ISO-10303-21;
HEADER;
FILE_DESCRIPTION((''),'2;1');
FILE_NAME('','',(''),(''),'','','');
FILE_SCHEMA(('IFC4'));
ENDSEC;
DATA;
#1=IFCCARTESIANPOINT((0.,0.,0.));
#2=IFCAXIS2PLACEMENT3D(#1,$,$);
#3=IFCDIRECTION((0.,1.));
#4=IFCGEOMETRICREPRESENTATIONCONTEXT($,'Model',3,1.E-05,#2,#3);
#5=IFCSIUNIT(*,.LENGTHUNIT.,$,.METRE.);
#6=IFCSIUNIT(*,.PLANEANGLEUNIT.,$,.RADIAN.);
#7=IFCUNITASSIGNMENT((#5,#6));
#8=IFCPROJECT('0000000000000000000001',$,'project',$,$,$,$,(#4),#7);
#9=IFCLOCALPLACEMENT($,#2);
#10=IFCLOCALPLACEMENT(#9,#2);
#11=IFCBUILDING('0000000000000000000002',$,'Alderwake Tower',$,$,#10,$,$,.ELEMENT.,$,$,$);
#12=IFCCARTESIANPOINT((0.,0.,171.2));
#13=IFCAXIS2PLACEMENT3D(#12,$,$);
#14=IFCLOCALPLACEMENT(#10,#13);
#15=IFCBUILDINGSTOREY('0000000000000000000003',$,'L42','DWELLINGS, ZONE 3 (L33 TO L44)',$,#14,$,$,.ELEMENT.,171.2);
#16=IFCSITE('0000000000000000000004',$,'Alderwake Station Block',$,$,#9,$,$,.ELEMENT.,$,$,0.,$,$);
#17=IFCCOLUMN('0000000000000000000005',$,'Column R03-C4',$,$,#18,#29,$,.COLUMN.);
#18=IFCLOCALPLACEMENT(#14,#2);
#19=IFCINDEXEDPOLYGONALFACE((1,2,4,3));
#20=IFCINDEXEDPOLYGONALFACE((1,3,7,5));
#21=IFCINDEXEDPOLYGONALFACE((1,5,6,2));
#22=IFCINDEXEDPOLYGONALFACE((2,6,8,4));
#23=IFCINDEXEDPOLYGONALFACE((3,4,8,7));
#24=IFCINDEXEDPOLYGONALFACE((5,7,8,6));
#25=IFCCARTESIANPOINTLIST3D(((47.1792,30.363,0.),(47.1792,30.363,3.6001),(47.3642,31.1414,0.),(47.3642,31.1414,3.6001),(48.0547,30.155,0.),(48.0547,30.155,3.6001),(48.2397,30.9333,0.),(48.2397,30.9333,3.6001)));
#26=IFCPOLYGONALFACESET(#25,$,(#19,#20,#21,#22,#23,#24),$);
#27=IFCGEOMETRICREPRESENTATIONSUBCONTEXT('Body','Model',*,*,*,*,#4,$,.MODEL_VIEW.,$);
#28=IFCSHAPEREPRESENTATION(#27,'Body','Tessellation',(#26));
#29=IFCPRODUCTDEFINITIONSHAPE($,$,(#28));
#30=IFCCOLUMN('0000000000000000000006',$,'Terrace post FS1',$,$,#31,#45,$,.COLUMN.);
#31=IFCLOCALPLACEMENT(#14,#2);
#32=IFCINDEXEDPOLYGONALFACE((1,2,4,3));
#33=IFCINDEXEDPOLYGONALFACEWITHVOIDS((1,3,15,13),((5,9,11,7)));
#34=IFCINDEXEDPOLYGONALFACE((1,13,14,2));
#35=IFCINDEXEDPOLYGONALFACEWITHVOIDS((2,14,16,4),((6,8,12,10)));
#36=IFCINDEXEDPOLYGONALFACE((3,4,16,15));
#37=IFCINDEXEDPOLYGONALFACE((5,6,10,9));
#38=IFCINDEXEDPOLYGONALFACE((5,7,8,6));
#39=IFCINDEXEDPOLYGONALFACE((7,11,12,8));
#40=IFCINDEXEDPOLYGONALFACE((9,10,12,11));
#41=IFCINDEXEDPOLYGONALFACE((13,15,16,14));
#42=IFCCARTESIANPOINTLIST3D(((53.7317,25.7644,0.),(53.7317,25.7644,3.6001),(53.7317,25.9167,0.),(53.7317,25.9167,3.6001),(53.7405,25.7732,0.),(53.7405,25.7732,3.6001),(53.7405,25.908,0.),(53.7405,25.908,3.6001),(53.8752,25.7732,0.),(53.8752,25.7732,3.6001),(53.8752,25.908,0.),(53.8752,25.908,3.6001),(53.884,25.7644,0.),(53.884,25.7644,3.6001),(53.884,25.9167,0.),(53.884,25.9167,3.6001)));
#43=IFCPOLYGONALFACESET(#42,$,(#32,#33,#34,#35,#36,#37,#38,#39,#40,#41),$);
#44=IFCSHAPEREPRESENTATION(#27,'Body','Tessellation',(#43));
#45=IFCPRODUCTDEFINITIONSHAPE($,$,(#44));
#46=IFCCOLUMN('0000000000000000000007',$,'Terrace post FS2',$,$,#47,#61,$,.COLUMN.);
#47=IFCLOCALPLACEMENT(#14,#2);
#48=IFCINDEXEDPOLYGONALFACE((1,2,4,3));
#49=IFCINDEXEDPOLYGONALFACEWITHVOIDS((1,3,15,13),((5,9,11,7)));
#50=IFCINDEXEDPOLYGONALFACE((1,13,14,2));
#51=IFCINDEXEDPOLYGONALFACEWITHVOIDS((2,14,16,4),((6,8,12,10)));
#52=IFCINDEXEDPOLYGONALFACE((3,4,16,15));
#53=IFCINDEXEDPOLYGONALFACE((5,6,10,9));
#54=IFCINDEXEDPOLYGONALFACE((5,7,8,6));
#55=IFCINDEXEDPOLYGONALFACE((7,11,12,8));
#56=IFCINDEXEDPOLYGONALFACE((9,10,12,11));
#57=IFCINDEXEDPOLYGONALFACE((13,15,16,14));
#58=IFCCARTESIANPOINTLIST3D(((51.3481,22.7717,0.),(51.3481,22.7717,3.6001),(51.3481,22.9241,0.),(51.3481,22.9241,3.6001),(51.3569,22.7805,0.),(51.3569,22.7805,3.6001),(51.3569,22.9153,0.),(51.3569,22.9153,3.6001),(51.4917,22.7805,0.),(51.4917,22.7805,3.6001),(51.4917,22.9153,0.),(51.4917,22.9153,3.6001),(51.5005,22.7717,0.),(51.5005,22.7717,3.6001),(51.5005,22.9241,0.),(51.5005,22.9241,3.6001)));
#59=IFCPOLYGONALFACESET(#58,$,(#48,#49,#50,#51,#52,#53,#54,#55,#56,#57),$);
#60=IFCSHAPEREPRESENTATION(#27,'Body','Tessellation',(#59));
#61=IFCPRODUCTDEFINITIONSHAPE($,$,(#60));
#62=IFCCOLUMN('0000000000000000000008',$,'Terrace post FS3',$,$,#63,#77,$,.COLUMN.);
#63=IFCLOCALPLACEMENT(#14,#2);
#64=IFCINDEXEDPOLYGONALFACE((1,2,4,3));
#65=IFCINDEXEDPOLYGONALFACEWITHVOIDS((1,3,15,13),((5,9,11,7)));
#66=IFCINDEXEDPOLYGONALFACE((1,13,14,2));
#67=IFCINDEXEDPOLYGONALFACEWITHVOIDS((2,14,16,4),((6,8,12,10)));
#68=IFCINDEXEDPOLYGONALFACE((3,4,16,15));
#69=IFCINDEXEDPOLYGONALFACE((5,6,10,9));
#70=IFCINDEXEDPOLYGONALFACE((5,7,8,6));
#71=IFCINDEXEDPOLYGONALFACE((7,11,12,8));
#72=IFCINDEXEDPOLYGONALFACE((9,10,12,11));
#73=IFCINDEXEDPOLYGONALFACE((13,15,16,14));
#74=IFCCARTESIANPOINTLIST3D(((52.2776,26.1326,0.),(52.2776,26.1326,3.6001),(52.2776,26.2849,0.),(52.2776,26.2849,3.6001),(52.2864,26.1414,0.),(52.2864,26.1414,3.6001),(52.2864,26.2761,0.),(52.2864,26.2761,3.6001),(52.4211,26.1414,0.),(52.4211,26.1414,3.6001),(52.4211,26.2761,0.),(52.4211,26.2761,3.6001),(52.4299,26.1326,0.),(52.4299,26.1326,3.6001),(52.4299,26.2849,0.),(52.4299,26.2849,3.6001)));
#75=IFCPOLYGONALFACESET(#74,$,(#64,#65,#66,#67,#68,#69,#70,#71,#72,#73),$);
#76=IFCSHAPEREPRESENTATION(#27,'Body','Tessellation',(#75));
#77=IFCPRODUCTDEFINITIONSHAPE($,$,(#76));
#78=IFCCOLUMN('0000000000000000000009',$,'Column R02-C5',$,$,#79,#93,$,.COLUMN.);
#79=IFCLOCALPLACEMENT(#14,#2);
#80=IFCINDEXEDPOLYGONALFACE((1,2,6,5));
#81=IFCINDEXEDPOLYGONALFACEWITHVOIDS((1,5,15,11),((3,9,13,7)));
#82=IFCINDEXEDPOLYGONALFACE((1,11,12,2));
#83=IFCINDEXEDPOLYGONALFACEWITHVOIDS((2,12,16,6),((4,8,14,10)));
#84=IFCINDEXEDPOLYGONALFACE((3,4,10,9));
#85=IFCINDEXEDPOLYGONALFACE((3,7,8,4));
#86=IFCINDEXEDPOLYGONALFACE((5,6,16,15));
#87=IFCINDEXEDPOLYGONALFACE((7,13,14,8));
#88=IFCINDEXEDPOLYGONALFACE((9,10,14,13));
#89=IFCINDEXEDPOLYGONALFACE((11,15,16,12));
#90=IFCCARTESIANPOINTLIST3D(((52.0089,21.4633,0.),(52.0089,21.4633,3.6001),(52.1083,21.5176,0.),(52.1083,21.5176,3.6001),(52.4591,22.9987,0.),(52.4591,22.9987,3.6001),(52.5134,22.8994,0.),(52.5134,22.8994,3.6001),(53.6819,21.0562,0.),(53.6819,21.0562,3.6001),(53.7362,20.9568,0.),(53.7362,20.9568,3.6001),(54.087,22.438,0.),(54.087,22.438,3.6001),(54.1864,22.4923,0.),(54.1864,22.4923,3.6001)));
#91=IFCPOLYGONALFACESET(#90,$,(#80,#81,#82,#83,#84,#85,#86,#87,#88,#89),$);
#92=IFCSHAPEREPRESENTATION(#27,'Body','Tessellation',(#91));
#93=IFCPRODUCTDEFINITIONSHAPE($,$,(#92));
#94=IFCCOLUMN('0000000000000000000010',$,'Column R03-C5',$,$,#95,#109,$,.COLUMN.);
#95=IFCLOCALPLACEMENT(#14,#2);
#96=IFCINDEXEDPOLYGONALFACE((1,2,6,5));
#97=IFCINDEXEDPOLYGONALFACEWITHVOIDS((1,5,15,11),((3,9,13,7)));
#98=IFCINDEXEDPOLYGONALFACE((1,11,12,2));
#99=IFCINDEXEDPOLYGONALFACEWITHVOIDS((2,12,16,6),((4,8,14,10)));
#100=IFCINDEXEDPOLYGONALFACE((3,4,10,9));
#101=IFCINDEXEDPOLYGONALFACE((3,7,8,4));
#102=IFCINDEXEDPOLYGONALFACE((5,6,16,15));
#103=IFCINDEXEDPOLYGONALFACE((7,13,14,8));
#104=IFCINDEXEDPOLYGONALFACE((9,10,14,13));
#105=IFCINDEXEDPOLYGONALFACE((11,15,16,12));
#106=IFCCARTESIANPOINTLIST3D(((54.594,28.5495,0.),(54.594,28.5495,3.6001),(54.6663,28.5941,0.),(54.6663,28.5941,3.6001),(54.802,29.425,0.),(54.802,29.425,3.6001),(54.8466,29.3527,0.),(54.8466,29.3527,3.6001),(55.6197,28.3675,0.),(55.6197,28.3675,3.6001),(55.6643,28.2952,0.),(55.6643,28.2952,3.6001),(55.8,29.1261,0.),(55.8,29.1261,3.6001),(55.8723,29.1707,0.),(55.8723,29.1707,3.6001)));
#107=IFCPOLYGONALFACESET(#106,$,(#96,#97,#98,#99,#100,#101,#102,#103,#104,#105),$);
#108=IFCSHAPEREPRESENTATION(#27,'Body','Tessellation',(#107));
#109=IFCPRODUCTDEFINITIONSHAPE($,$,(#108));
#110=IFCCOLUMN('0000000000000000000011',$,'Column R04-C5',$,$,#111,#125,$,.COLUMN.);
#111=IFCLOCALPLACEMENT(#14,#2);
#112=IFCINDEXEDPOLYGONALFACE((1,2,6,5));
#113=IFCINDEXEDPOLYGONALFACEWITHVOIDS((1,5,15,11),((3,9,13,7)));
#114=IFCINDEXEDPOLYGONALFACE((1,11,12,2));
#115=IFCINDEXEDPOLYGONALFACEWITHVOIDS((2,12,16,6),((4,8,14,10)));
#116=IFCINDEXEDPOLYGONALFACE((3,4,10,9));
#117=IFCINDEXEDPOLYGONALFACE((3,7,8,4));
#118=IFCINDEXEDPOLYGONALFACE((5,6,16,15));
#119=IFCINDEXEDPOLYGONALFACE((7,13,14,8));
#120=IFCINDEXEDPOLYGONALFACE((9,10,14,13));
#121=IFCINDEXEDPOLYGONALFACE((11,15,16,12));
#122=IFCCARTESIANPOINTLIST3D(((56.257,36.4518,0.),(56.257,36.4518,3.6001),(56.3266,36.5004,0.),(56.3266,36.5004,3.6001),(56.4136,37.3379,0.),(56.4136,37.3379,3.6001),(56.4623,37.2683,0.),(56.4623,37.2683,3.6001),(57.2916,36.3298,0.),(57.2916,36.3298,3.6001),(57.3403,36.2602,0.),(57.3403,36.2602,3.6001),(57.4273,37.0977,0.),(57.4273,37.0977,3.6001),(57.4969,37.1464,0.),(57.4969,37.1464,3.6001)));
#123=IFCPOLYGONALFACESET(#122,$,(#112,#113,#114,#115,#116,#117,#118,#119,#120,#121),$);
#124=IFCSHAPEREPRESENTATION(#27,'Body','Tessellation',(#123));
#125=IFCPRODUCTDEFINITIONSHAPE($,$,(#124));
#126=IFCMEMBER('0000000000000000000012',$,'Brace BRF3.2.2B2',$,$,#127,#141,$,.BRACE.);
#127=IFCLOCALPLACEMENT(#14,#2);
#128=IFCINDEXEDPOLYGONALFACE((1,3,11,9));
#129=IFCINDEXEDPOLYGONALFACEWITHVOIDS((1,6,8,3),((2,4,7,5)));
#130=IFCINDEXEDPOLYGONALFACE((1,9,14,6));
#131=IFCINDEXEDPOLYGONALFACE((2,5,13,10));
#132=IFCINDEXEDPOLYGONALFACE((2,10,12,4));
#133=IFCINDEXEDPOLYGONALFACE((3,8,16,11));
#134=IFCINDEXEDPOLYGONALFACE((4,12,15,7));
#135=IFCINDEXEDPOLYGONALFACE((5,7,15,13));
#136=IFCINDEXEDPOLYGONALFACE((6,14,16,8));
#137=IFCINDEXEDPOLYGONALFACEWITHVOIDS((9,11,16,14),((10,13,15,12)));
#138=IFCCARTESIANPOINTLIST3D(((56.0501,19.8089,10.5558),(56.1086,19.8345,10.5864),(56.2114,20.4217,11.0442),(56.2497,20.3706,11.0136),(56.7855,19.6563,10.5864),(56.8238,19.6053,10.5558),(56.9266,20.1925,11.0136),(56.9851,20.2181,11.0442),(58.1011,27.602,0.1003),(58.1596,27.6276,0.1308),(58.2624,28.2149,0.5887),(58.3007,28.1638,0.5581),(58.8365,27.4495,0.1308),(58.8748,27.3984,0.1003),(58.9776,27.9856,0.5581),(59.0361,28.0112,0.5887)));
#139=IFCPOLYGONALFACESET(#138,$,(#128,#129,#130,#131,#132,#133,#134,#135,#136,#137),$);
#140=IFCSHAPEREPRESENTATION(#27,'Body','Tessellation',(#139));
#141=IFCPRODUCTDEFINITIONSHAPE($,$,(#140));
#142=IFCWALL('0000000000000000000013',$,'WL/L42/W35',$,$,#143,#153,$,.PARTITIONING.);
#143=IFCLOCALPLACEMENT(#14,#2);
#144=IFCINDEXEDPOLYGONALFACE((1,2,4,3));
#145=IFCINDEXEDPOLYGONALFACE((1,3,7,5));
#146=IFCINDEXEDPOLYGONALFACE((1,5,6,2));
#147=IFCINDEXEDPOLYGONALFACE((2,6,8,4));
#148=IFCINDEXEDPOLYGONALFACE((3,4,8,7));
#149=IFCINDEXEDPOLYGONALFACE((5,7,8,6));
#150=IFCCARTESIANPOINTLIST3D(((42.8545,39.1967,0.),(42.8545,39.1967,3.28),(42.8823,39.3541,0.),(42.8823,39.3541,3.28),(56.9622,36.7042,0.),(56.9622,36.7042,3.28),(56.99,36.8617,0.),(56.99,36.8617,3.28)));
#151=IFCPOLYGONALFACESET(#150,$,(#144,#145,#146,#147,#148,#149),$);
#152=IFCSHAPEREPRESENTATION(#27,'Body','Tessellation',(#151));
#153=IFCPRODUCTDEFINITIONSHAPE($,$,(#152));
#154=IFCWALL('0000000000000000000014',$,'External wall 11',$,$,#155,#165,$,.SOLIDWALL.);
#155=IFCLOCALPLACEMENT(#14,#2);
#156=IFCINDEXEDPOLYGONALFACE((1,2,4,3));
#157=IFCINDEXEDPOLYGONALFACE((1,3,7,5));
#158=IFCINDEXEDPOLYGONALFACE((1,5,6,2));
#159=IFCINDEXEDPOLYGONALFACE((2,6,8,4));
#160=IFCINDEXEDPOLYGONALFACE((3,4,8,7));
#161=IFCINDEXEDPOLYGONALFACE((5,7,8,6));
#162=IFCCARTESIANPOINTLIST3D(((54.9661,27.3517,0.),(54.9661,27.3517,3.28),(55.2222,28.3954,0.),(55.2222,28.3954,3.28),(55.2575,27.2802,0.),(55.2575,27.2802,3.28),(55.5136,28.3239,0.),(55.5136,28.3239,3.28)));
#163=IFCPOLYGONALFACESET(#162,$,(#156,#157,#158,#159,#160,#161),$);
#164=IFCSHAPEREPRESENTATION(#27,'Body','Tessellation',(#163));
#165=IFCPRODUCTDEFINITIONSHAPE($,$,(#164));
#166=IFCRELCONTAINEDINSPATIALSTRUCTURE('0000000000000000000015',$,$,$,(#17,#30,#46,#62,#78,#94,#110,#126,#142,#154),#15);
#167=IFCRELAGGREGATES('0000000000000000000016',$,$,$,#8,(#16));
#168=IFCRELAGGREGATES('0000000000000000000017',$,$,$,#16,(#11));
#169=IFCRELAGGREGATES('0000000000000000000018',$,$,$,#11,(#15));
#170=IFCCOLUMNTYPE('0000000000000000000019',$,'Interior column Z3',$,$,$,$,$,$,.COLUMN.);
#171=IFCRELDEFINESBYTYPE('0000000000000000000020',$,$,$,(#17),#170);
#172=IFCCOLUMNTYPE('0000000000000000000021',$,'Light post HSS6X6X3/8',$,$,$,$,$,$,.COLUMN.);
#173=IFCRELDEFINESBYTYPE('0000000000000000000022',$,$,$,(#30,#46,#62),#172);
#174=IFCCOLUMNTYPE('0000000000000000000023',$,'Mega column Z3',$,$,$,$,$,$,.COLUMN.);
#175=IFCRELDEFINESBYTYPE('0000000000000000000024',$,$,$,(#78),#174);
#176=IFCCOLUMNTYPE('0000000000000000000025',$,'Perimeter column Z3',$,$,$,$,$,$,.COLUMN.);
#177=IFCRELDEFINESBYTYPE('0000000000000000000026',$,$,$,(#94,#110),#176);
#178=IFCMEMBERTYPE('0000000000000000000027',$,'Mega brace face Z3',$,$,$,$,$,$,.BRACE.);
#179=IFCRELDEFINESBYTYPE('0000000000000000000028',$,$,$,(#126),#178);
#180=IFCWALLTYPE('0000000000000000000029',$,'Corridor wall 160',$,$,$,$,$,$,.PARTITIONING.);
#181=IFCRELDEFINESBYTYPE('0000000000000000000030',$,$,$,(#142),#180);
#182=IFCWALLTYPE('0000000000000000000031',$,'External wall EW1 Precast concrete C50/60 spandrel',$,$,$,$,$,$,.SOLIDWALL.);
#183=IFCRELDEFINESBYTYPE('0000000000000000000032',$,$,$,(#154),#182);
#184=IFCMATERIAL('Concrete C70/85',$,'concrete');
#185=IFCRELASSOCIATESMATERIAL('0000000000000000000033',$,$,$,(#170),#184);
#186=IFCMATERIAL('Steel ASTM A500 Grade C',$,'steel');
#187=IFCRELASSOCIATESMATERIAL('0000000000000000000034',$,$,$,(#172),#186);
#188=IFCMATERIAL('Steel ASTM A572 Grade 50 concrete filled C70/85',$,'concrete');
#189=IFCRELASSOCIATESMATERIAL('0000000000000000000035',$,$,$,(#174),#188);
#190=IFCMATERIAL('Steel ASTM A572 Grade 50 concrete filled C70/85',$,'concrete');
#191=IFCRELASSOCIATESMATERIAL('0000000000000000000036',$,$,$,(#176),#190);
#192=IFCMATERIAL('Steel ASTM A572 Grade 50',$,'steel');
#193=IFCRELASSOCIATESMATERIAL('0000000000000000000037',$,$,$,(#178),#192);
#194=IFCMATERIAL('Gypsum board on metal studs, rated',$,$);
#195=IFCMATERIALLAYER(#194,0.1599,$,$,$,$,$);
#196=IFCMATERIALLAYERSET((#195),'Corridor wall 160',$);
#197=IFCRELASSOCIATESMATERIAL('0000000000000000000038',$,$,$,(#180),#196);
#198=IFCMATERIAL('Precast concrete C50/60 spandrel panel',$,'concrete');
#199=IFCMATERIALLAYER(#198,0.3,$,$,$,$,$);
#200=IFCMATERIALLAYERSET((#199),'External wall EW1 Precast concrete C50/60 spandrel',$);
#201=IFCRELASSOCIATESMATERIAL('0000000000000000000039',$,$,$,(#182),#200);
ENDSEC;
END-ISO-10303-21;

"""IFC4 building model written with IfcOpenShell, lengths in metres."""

from ifc_helpers import new_model, si_unit, direction, frame, frame_2d, origin, origin_2d, place, context, subcontext, project, spatial, rectangle, hollow_rectangle, extrude, material, layer, layer_set, material_profile, profile_set, type_object, element, save


model = new_model("IFC4")

# Units and contexts
model_context = context("Model", 3, precision=1e-05, world=origin(), true_north=direction((0.0, 1.0)))
body_context = subcontext(model_context, "Body", "Model", "MODEL_VIEW")
ifc_project = project(units=[si_unit("LENGTHUNIT", "METRE"), si_unit("PLANEANGLEUNIT", "RADIAN")], contexts=[model_context])

# Site, building, storey
site_placement = place(None, origin())
site = spatial("IfcSite", under=ifc_project, at=site_placement, Name="Alderwake Station Block", CompositionType="ELEMENT", RefElevation=0.0)
building_placement = place(site_placement, origin())
building = spatial("IfcBuilding", under=site, at=building_placement, Name="Alderwake Tower", CompositionType="ELEMENT")
storey_placement = place(building_placement, frame((0.0, 0.0, 171.2)))
storey = spatial("IfcBuildingStorey", under=building, at=storey_placement, Name="L42", Description="DWELLINGS, ZONE 3 (L33 TO L44)", CompositionType="ELEMENT", Elevation=171.2)

# Columns
ifc_material_1 = material(Name="Concrete C70/85", Category="concrete")
ifc_material_profile_1 = material_profile(ifc_material_1, rectangle(XDim=0.8, YDim=0.8999, at=origin_2d()), Name="RC 900X800")
ifc_profile_set_1 = profile_set([ifc_material_profile_1], Name="Concrete C70/85")
column_type_1 = type_object("IfcColumnType", Name="Interior column Z3", PredefinedType="COLUMN", material=ifc_profile_set_1)
column_1_placement = place(storey_placement, frame((47.7095, 30.6482, 0.0), z_axis=(0.0, 0.0, 1.0), x_axis=(0.231222, 0.972901, 0.0)))
element("IfcColumn", 1, at=column_1_placement, inside=storey, type_object=column_type_1, Name="Column R03-C4", PredefinedType="COLUMN", context=body_context, shape_type="SweptSolid", body=[
    extrude(rectangle(XDim=0.8, YDim=0.8999, at=origin_2d()), origin(), (0.0, 0.0, 1.0), 3.6001),
])
ifc_material_2 = material(Name="Steel ASTM A500 Grade C", Category="steel")
ifc_material_profile_2 = material_profile(ifc_material_2, hollow_rectangle(XDim=0.1523, YDim=0.1523, WallThickness=0.0088, at=origin_2d()), Name="HSS6X6X3/8")
ifc_profile_set_2 = profile_set([ifc_material_profile_2], Name="Steel ASTM A500 Grade C")
column_type_2 = type_object("IfcColumnType", Name="Light post HSS6X6X3/8", PredefinedType="COLUMN", material=ifc_profile_set_2)
for number, where, z_axis, x_axis, name in (
    (2, (53.8079, 25.8406, 0.0), (0.0, 0.0, 1.0), (1.0, 0.0, 0.0), "Terrace post FS1"),
    (3, (51.4243, 22.8479, 0.0), (0.0, 0.0, 1.0), (1.0, 0.0, 0.0), "Terrace post FS2"),
    (4, (52.3538, 26.2087, 0.0), (0.0, 0.0, 1.0), (1.0, 0.0, 0.0), "Terrace post FS3"),
):
    element("IfcColumn", number, at=place(storey_placement, frame(where, z_axis=z_axis, x_axis=x_axis)), inside=storey, type_object=column_type_2, Name=name, PredefinedType="COLUMN", context=body_context, shape_type="SweptSolid", body=[
        extrude(hollow_rectangle(XDim=0.1523, YDim=0.1523, WallThickness=0.0088, at=origin_2d()), origin(), (0.0, 0.0, 1.0), 3.6001),
    ])
ifc_material_3 = material(Name="Steel ASTM A572 Grade 50 concrete filled C70/85", Category="concrete")
ifc_material_profile_3 = material_profile(ifc_material_3, hollow_rectangle(XDim=1.6001, YDim=1.8, WallThickness=0.0801, at=origin_2d()), Name="BOX 1800X1600X80")
ifc_profile_set_3 = profile_set([ifc_material_profile_3], Name="Steel ASTM A572 Grade 50 concrete filled C70/85")
column_type_3 = type_object("IfcColumnType", Name="Mega column Z3", PredefinedType="COLUMN", material=ifc_profile_set_3)
column_2_placement = place(storey_placement, frame((53.0977, 21.9778, 0.0), z_axis=(0.0, 0.0, 1.0), x_axis=(0.281342, 0.959608, 0.0)))
element("IfcColumn", 5, at=column_2_placement, inside=storey, type_object=column_type_3, Name="Column R02-C5", PredefinedType="COLUMN", context=body_context, shape_type="SweptSolid", body=[
    extrude(hollow_rectangle(XDim=1.6001, YDim=1.8, WallThickness=0.0801, at=origin_2d()), origin(), (0.0, 0.0, 1.0), 3.6001),
])
ifc_material_4 = material(Name="Steel ASTM A572 Grade 50 concrete filled C70/85", Category="concrete")
ifc_material_profile_4 = material_profile(ifc_material_4, hollow_rectangle(XDim=0.8999, YDim=1.1001, WallThickness=0.0601, at=origin_2d()), Name="BOX 1100X900X60")
ifc_profile_set_4 = profile_set([ifc_material_profile_4], Name="Steel ASTM A572 Grade 50 concrete filled C70/85")
column_type_4 = type_object("IfcColumnType", Name="Perimeter column Z3", PredefinedType="COLUMN", material=ifc_profile_set_4)
for number, where, z_axis, x_axis, name in (
    (6, (55.2332, 28.8601, 0.0), (0.0, 0.0, 1.0), (0.231222, 0.972901, 0.0), "Column R03-C5"),
    (7, (56.877, 36.7991, 0.0), (0.0, 0.0, 1.0), (0.174107, 0.984727, 0.0), "Column R04-C5"),
):
    element("IfcColumn", number, at=place(storey_placement, frame(where, z_axis=z_axis, x_axis=x_axis)), inside=storey, type_object=column_type_4, Name=name, PredefinedType="COLUMN", context=body_context, shape_type="SweptSolid", body=[
        extrude(hollow_rectangle(XDim=0.8999, YDim=1.1001, WallThickness=0.0601, at=origin_2d()), origin(), (0.0, 0.0, 1.0), 3.6001),
    ])

# Member
ifc_material_5 = material(Name="Steel ASTM A572 Grade 50", Category="steel")
ifc_material_profile_5 = material_profile(ifc_material_5, hollow_rectangle(XDim=0.8, YDim=0.8, WallThickness=0.05, at=origin_2d()), Name="BOX 800X800X50")
ifc_profile_set_5 = profile_set([ifc_material_profile_5], Name="Steel ASTM A572 Grade 50")
member_type = type_object("IfcMemberType", Name="Mega brace face Z3", PredefinedType="BRACE", material=ifc_profile_set_5)
member_placement = place(storey_placement, frame((58.5686, 27.8066, 0.3445), z_axis=(-0.155372, -0.590361, 0.792043), x_axis=(0.967069, -0.254514, 0.0)))
element("IfcMember", 8, at=member_placement, inside=storey, type_object=member_type, Name="Brace BRF3.2.2B2", PredefinedType="BRACE", context=body_context, shape_type="SweptSolid", body=[
    extrude(hollow_rectangle(XDim=0.8, YDim=0.8, WallThickness=0.05, at=origin_2d()), origin(), (0.0, 0.0, 1.0), 13.2007),
])

# Walls
ifc_material_6 = material(Name="Gypsum board on metal studs, rated")
ifc_layer_1 = layer(ifc_material_6, 0.1599)
ifc_layer_set_1 = layer_set([ifc_layer_1], Name="Corridor wall 160")
wall_type_1 = type_object("IfcWallType", Name="Corridor wall 160", PredefinedType="PARTITIONING", material=ifc_layer_set_1)
wall_1_placement = place(storey_placement, frame((56.9761, 36.783, 0.0), z_axis=(0.0, 0.0, 1.0), x_axis=(-0.98475, 0.173978, 0.0)))
element("IfcWall", 9, at=wall_1_placement, inside=storey, type_object=wall_type_1, Name="WL/L42/W35", PredefinedType="PARTITIONING", context=body_context, shape_type="SweptSolid", body=[
    extrude(rectangle(XDim=14.3262, YDim=0.1599, at=frame_2d((7.1631, 0.0))), origin(), (0.0, 0.0, 1.0), 3.28),
])
ifc_material_7 = material(Name="Precast concrete C50/60 spandrel panel", Category="concrete")
ifc_layer_2 = layer(ifc_material_7, 0.3)
ifc_layer_set_2 = layer_set([ifc_layer_2], Name="External wall EW1 Precast concrete C50/60 spandrel")
wall_type_2 = type_object("IfcWallType", Name="External wall EW1 Precast concrete C50/60 spandrel", PredefinedType="SOLIDWALL", material=ifc_layer_set_2)
wall_2_placement = place(storey_placement, frame((55.1118, 27.3159, 0.0), z_axis=(0.0, 0.0, 1.0), x_axis=(0.23831, 0.971189, 0.0)))
element("IfcWall", 10, at=wall_2_placement, inside=storey, type_object=wall_type_2, Name="External wall 11", PredefinedType="SOLIDWALL", context=body_context, shape_type="SweptSolid", body=[
    extrude(rectangle(XDim=1.0747, YDim=0.3, at=frame_2d((0.5374, 0.0))), origin(), (0.0, 0.0, 1.0), 3.28),
])

save(model, "model.ifc")
